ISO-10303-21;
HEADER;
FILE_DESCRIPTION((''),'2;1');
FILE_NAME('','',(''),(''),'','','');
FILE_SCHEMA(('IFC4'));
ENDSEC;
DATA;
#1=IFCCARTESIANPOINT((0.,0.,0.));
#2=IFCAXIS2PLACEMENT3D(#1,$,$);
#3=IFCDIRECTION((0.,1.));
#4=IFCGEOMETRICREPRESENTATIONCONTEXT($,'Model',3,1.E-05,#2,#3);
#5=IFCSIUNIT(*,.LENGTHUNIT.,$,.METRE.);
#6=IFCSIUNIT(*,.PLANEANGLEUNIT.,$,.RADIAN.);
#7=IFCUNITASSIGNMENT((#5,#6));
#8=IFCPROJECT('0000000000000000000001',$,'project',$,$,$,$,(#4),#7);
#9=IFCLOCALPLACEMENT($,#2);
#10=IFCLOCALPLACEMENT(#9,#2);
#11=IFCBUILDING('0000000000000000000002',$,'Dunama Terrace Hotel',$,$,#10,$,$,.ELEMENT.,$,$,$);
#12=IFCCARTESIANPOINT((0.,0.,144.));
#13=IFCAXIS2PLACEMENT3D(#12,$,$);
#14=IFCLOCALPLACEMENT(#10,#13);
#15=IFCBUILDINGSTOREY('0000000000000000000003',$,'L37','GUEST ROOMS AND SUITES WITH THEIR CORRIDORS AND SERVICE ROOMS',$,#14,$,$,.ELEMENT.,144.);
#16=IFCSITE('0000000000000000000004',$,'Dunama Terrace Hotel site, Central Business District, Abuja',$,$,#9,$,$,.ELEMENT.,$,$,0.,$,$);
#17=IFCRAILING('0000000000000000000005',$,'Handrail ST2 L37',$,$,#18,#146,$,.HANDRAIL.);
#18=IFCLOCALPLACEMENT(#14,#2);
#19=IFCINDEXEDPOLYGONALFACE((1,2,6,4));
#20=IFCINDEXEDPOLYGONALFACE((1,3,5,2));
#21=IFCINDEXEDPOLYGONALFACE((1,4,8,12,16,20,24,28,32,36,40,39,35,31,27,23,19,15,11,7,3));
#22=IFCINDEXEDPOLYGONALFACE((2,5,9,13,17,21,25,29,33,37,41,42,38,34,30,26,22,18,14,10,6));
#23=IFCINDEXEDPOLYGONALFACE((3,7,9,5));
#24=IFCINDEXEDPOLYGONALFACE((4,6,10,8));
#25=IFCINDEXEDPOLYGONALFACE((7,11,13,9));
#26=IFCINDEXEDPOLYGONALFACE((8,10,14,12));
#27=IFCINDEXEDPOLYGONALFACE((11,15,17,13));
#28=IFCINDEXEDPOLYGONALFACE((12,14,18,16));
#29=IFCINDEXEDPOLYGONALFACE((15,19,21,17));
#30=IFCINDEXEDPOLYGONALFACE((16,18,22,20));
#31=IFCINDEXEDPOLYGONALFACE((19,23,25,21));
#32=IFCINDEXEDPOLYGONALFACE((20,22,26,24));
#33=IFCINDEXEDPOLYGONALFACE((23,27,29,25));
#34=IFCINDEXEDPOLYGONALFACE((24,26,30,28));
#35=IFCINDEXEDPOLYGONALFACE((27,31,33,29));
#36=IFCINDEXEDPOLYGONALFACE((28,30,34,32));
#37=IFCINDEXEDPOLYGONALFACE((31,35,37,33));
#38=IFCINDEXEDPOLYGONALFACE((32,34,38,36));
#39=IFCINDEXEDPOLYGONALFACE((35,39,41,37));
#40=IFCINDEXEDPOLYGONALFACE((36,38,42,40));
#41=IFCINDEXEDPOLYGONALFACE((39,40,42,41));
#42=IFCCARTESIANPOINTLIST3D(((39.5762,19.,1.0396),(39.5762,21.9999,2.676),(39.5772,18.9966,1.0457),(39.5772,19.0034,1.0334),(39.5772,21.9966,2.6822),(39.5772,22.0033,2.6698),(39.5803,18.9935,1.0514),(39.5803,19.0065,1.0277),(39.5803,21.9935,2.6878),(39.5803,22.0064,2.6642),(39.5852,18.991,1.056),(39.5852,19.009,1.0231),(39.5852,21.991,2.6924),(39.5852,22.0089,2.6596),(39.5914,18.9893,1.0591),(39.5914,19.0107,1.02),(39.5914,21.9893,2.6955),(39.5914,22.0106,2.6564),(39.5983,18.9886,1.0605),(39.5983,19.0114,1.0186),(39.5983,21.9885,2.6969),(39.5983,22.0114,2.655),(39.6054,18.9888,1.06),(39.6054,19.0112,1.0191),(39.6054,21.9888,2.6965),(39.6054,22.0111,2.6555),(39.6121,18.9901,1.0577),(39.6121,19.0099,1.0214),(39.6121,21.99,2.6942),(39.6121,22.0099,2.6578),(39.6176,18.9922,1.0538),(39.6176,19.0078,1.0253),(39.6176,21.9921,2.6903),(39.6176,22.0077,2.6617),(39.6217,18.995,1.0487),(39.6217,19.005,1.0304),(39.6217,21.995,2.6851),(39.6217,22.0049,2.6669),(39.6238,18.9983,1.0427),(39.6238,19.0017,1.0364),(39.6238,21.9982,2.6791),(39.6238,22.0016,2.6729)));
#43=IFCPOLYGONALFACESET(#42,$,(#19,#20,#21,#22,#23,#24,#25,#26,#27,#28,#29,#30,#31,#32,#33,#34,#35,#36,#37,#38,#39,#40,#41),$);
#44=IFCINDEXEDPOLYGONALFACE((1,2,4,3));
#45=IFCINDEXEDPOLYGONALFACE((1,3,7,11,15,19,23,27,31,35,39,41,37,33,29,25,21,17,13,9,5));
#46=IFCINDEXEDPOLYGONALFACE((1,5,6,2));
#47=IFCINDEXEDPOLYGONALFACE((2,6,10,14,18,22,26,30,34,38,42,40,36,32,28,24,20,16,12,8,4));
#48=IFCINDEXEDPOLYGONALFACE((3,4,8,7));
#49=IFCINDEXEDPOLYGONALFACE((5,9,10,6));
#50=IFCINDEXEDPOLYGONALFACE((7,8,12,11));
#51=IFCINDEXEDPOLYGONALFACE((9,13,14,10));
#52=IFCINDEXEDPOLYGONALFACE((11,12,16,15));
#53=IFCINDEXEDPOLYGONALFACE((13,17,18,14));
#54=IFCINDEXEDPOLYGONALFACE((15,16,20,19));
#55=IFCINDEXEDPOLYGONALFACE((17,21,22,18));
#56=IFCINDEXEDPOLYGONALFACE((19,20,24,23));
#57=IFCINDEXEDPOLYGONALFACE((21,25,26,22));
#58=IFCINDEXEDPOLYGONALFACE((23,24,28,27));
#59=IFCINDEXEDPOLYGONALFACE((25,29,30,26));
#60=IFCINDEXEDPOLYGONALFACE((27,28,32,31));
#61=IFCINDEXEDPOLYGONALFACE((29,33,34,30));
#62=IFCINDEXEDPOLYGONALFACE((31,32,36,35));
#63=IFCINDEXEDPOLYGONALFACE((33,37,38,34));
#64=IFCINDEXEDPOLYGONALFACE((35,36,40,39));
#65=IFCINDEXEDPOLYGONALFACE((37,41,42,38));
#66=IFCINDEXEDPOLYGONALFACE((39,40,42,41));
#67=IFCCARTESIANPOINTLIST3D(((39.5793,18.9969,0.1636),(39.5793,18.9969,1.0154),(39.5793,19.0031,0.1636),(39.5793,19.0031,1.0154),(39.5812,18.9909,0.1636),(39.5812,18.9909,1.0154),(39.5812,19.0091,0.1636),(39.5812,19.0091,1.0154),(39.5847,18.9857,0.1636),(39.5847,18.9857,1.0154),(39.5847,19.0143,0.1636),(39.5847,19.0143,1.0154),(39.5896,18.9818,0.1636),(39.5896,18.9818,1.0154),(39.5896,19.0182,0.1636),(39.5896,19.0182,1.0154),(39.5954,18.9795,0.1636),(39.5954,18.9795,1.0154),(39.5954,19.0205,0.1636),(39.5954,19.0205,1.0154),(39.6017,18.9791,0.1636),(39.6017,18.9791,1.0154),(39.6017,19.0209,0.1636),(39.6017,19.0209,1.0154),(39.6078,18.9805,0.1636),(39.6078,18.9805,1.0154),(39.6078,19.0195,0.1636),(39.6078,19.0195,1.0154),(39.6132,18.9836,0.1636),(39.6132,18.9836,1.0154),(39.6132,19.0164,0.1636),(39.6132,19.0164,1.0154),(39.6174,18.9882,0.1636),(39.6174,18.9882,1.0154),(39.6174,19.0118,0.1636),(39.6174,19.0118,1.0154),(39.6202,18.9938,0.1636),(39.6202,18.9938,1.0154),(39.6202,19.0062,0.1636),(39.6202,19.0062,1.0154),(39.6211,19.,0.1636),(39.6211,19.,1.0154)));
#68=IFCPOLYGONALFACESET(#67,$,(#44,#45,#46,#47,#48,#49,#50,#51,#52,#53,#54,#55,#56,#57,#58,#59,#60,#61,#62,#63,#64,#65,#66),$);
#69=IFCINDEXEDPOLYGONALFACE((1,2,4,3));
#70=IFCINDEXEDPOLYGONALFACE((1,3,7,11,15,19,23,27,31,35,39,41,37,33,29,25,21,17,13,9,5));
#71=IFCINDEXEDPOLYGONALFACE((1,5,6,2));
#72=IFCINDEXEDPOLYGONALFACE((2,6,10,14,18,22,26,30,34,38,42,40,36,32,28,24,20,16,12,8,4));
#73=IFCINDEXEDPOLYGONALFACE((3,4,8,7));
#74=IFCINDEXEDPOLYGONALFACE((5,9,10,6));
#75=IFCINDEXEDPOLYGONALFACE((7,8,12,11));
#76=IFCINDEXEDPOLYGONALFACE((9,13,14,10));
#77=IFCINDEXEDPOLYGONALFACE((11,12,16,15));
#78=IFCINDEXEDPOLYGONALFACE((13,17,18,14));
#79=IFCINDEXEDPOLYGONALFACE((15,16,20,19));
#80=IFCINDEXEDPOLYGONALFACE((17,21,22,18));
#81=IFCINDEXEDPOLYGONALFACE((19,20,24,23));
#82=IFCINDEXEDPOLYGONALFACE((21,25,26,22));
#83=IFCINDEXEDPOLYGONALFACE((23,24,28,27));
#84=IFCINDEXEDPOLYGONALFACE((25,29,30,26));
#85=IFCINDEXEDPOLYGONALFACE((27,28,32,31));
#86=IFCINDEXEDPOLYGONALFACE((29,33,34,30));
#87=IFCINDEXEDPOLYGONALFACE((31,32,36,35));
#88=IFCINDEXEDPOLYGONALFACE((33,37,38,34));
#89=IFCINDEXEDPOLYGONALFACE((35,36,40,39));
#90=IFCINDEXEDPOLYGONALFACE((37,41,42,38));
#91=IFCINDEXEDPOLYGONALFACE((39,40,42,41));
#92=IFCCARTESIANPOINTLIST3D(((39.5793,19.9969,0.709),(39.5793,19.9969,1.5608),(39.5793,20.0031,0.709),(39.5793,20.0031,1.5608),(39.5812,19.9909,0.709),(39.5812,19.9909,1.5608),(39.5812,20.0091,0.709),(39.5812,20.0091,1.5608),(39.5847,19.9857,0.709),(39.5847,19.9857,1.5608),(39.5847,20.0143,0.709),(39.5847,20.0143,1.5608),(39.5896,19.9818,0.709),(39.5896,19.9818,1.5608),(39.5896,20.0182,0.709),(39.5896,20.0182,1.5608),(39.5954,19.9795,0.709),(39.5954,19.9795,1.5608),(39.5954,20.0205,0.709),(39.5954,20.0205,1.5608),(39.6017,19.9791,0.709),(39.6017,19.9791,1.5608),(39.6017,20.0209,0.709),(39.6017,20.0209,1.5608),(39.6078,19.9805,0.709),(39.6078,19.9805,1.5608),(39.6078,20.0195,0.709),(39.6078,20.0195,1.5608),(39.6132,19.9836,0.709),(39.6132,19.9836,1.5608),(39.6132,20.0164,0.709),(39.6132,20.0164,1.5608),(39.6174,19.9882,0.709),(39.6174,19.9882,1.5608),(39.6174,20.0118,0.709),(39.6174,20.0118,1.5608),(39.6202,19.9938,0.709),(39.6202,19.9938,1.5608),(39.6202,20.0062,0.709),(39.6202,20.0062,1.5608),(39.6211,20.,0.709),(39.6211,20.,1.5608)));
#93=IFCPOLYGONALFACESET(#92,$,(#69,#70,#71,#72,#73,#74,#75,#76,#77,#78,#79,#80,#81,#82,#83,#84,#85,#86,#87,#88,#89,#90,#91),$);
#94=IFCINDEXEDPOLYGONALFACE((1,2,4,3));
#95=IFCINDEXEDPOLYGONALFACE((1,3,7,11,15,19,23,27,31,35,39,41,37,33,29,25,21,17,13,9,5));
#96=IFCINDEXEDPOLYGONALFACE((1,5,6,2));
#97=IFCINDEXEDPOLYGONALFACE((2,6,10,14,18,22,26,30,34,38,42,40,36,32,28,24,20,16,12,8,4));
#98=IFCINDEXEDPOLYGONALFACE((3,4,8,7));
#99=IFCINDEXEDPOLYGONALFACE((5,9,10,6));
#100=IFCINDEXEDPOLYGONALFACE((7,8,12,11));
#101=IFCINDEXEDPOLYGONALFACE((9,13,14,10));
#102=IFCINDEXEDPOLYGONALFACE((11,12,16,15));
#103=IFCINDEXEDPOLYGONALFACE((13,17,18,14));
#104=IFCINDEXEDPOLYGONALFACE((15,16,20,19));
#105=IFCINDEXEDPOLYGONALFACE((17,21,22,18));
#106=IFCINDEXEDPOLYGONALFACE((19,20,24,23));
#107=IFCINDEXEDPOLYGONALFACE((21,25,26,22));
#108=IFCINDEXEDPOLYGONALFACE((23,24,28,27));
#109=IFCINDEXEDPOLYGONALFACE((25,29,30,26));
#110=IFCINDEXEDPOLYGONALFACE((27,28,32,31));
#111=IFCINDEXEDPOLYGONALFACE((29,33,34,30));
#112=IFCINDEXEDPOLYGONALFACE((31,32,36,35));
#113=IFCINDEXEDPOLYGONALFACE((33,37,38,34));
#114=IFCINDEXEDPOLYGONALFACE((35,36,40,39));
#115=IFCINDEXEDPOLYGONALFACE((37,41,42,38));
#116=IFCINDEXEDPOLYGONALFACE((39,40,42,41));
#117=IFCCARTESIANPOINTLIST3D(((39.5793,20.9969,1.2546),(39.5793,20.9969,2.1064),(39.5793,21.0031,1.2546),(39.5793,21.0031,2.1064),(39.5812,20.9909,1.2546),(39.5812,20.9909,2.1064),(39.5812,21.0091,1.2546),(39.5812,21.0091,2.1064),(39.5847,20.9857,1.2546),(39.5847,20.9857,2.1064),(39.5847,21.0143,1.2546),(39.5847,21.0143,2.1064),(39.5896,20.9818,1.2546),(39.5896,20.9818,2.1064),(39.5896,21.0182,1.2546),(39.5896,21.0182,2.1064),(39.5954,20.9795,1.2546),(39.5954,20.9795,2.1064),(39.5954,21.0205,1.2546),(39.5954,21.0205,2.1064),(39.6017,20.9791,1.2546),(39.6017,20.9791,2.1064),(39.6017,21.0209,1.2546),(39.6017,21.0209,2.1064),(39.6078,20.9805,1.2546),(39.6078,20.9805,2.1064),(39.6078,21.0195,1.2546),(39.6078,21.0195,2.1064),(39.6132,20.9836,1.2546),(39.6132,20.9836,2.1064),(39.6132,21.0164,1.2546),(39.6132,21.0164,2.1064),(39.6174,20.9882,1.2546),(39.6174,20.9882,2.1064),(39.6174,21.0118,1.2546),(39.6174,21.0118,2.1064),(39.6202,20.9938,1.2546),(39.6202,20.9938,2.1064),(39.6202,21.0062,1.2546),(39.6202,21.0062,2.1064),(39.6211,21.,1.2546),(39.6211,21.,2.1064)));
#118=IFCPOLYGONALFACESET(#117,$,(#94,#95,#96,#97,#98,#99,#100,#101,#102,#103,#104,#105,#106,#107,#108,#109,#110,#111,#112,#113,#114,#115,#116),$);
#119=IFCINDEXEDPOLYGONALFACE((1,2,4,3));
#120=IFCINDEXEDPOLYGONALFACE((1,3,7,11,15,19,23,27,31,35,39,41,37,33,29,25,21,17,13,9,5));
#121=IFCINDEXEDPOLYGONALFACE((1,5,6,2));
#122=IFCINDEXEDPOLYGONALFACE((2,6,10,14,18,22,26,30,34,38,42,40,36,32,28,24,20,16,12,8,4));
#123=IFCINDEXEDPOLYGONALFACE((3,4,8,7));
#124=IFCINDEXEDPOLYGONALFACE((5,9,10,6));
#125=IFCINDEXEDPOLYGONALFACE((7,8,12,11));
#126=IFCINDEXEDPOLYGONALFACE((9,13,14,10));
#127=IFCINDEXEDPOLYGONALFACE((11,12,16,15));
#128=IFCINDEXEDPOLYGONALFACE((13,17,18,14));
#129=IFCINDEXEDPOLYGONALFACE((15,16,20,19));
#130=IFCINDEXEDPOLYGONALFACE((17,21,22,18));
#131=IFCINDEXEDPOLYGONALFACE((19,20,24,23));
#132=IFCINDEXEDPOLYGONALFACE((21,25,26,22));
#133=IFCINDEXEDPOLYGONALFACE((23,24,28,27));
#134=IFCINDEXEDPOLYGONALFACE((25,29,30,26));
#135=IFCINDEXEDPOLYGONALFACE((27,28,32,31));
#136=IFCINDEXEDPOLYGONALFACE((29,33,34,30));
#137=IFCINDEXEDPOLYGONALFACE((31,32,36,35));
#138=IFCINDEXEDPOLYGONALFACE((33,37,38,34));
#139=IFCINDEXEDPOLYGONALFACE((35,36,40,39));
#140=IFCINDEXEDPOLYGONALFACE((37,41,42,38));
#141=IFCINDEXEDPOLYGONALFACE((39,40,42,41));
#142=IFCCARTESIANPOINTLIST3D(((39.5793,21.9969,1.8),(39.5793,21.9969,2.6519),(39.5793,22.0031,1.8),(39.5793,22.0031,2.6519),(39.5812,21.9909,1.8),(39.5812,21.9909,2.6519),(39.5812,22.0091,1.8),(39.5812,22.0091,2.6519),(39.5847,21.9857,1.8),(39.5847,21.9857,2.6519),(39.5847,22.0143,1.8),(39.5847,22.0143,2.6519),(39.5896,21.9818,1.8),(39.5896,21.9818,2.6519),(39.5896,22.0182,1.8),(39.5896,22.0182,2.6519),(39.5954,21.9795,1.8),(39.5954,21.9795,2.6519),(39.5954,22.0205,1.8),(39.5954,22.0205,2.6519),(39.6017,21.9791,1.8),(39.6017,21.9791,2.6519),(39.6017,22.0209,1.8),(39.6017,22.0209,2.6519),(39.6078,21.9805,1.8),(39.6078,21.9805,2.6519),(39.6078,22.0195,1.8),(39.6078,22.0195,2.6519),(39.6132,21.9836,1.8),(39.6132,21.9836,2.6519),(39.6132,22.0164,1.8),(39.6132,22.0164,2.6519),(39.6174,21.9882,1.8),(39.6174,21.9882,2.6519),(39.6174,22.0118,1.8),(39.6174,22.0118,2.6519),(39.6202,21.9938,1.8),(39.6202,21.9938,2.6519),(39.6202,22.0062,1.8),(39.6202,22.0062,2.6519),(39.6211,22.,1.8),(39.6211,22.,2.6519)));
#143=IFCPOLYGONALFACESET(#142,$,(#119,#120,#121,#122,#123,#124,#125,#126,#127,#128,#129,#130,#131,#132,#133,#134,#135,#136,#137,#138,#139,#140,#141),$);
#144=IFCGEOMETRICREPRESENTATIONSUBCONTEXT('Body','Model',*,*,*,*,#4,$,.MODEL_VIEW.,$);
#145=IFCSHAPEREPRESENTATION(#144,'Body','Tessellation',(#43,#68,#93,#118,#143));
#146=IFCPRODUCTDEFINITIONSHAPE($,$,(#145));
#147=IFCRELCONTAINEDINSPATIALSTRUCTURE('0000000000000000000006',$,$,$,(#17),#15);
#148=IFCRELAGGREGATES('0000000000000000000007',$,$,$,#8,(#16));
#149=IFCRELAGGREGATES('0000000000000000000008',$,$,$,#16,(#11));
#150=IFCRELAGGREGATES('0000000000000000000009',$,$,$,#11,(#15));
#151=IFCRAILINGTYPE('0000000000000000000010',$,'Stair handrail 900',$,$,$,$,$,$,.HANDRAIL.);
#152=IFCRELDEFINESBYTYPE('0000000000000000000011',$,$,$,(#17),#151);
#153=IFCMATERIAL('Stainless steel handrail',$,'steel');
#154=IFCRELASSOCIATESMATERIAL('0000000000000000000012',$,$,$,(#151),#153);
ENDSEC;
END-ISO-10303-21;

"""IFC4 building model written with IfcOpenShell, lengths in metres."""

from ifc_helpers import new_model, si_unit, direction, frame, origin, origin_2d, place, context, subcontext, project, spatial, circle, extrude, material, type_object, element, save


model = new_model("IFC4")

# Units and contexts
model_context = context("Model", 3, precision=1e-05, world=origin(), true_north=direction((0.0, 1.0)))
body_context = subcontext(model_context, "Body", "Model", "MODEL_VIEW")
ifc_project = project(units=[si_unit("LENGTHUNIT", "METRE"), si_unit("PLANEANGLEUNIT", "RADIAN")], contexts=[model_context])

# Site, building, storey
site_placement = place(None, origin())
site = spatial("IfcSite", under=ifc_project, at=site_placement, Name="Dunama Terrace Hotel site, Central Business District, Abuja", CompositionType="ELEMENT", RefElevation=0.0)
building_placement = place(site_placement, origin())
building = spatial("IfcBuilding", under=site, at=building_placement, Name="Dunama Terrace Hotel", CompositionType="ELEMENT")
storey_placement = place(building_placement, frame((0.0, 0.0, 144.0)))
storey = spatial("IfcBuildingStorey", under=building, at=storey_placement, Name="L37", Description="GUEST ROOMS AND SUITES WITH THEIR CORRIDORS AND SERVICE ROOMS", CompositionType="ELEMENT", Elevation=144.0)

# Railing
ifc_material_1 = material(Name="Stainless steel handrail", Category="steel")
railing_type = type_object("IfcRailingType", Name="Stair handrail 900", PredefinedType="HANDRAIL", material=ifc_material_1)
railing_1_placement = place(storey_placement, frame((39.6001, 19.0, 0.1636)))
element("IfcRailing", 1, at=railing_1_placement, inside=storey, type_object=railing_type, Name="Handrail ST2 L37", PredefinedType="HANDRAIL", context=body_context, shape_type="SweptSolid", body=[
    extrude(circle(Radius=0.0239, at=origin_2d()), frame((0.0, 0.0, 0.876), z_axis=(0.0, 0.877882, 0.478877), x_axis=(-1.0, 0.0, 0.0)), (0.0, 0.0, 1.0), 3.4172),
    extrude(circle(Radius=0.021, at=origin_2d()), origin(), (0.0, 0.0, 1.0), 0.8518),
    extrude(circle(Radius=0.021, at=origin_2d()), frame((0.0, 1.0, 0.5454)), (0.0, 0.0, 1.0), 0.8518),
    extrude(circle(Radius=0.021, at=origin_2d()), frame((0.0, 2.0, 1.0911)), (0.0, 0.0, 1.0), 0.8518),
    extrude(circle(Radius=0.021, at=origin_2d()), frame((0.0, 3.0, 1.6365)), (0.0, 0.0, 1.0), 0.8518),
])

save(model, "model.ifc")
